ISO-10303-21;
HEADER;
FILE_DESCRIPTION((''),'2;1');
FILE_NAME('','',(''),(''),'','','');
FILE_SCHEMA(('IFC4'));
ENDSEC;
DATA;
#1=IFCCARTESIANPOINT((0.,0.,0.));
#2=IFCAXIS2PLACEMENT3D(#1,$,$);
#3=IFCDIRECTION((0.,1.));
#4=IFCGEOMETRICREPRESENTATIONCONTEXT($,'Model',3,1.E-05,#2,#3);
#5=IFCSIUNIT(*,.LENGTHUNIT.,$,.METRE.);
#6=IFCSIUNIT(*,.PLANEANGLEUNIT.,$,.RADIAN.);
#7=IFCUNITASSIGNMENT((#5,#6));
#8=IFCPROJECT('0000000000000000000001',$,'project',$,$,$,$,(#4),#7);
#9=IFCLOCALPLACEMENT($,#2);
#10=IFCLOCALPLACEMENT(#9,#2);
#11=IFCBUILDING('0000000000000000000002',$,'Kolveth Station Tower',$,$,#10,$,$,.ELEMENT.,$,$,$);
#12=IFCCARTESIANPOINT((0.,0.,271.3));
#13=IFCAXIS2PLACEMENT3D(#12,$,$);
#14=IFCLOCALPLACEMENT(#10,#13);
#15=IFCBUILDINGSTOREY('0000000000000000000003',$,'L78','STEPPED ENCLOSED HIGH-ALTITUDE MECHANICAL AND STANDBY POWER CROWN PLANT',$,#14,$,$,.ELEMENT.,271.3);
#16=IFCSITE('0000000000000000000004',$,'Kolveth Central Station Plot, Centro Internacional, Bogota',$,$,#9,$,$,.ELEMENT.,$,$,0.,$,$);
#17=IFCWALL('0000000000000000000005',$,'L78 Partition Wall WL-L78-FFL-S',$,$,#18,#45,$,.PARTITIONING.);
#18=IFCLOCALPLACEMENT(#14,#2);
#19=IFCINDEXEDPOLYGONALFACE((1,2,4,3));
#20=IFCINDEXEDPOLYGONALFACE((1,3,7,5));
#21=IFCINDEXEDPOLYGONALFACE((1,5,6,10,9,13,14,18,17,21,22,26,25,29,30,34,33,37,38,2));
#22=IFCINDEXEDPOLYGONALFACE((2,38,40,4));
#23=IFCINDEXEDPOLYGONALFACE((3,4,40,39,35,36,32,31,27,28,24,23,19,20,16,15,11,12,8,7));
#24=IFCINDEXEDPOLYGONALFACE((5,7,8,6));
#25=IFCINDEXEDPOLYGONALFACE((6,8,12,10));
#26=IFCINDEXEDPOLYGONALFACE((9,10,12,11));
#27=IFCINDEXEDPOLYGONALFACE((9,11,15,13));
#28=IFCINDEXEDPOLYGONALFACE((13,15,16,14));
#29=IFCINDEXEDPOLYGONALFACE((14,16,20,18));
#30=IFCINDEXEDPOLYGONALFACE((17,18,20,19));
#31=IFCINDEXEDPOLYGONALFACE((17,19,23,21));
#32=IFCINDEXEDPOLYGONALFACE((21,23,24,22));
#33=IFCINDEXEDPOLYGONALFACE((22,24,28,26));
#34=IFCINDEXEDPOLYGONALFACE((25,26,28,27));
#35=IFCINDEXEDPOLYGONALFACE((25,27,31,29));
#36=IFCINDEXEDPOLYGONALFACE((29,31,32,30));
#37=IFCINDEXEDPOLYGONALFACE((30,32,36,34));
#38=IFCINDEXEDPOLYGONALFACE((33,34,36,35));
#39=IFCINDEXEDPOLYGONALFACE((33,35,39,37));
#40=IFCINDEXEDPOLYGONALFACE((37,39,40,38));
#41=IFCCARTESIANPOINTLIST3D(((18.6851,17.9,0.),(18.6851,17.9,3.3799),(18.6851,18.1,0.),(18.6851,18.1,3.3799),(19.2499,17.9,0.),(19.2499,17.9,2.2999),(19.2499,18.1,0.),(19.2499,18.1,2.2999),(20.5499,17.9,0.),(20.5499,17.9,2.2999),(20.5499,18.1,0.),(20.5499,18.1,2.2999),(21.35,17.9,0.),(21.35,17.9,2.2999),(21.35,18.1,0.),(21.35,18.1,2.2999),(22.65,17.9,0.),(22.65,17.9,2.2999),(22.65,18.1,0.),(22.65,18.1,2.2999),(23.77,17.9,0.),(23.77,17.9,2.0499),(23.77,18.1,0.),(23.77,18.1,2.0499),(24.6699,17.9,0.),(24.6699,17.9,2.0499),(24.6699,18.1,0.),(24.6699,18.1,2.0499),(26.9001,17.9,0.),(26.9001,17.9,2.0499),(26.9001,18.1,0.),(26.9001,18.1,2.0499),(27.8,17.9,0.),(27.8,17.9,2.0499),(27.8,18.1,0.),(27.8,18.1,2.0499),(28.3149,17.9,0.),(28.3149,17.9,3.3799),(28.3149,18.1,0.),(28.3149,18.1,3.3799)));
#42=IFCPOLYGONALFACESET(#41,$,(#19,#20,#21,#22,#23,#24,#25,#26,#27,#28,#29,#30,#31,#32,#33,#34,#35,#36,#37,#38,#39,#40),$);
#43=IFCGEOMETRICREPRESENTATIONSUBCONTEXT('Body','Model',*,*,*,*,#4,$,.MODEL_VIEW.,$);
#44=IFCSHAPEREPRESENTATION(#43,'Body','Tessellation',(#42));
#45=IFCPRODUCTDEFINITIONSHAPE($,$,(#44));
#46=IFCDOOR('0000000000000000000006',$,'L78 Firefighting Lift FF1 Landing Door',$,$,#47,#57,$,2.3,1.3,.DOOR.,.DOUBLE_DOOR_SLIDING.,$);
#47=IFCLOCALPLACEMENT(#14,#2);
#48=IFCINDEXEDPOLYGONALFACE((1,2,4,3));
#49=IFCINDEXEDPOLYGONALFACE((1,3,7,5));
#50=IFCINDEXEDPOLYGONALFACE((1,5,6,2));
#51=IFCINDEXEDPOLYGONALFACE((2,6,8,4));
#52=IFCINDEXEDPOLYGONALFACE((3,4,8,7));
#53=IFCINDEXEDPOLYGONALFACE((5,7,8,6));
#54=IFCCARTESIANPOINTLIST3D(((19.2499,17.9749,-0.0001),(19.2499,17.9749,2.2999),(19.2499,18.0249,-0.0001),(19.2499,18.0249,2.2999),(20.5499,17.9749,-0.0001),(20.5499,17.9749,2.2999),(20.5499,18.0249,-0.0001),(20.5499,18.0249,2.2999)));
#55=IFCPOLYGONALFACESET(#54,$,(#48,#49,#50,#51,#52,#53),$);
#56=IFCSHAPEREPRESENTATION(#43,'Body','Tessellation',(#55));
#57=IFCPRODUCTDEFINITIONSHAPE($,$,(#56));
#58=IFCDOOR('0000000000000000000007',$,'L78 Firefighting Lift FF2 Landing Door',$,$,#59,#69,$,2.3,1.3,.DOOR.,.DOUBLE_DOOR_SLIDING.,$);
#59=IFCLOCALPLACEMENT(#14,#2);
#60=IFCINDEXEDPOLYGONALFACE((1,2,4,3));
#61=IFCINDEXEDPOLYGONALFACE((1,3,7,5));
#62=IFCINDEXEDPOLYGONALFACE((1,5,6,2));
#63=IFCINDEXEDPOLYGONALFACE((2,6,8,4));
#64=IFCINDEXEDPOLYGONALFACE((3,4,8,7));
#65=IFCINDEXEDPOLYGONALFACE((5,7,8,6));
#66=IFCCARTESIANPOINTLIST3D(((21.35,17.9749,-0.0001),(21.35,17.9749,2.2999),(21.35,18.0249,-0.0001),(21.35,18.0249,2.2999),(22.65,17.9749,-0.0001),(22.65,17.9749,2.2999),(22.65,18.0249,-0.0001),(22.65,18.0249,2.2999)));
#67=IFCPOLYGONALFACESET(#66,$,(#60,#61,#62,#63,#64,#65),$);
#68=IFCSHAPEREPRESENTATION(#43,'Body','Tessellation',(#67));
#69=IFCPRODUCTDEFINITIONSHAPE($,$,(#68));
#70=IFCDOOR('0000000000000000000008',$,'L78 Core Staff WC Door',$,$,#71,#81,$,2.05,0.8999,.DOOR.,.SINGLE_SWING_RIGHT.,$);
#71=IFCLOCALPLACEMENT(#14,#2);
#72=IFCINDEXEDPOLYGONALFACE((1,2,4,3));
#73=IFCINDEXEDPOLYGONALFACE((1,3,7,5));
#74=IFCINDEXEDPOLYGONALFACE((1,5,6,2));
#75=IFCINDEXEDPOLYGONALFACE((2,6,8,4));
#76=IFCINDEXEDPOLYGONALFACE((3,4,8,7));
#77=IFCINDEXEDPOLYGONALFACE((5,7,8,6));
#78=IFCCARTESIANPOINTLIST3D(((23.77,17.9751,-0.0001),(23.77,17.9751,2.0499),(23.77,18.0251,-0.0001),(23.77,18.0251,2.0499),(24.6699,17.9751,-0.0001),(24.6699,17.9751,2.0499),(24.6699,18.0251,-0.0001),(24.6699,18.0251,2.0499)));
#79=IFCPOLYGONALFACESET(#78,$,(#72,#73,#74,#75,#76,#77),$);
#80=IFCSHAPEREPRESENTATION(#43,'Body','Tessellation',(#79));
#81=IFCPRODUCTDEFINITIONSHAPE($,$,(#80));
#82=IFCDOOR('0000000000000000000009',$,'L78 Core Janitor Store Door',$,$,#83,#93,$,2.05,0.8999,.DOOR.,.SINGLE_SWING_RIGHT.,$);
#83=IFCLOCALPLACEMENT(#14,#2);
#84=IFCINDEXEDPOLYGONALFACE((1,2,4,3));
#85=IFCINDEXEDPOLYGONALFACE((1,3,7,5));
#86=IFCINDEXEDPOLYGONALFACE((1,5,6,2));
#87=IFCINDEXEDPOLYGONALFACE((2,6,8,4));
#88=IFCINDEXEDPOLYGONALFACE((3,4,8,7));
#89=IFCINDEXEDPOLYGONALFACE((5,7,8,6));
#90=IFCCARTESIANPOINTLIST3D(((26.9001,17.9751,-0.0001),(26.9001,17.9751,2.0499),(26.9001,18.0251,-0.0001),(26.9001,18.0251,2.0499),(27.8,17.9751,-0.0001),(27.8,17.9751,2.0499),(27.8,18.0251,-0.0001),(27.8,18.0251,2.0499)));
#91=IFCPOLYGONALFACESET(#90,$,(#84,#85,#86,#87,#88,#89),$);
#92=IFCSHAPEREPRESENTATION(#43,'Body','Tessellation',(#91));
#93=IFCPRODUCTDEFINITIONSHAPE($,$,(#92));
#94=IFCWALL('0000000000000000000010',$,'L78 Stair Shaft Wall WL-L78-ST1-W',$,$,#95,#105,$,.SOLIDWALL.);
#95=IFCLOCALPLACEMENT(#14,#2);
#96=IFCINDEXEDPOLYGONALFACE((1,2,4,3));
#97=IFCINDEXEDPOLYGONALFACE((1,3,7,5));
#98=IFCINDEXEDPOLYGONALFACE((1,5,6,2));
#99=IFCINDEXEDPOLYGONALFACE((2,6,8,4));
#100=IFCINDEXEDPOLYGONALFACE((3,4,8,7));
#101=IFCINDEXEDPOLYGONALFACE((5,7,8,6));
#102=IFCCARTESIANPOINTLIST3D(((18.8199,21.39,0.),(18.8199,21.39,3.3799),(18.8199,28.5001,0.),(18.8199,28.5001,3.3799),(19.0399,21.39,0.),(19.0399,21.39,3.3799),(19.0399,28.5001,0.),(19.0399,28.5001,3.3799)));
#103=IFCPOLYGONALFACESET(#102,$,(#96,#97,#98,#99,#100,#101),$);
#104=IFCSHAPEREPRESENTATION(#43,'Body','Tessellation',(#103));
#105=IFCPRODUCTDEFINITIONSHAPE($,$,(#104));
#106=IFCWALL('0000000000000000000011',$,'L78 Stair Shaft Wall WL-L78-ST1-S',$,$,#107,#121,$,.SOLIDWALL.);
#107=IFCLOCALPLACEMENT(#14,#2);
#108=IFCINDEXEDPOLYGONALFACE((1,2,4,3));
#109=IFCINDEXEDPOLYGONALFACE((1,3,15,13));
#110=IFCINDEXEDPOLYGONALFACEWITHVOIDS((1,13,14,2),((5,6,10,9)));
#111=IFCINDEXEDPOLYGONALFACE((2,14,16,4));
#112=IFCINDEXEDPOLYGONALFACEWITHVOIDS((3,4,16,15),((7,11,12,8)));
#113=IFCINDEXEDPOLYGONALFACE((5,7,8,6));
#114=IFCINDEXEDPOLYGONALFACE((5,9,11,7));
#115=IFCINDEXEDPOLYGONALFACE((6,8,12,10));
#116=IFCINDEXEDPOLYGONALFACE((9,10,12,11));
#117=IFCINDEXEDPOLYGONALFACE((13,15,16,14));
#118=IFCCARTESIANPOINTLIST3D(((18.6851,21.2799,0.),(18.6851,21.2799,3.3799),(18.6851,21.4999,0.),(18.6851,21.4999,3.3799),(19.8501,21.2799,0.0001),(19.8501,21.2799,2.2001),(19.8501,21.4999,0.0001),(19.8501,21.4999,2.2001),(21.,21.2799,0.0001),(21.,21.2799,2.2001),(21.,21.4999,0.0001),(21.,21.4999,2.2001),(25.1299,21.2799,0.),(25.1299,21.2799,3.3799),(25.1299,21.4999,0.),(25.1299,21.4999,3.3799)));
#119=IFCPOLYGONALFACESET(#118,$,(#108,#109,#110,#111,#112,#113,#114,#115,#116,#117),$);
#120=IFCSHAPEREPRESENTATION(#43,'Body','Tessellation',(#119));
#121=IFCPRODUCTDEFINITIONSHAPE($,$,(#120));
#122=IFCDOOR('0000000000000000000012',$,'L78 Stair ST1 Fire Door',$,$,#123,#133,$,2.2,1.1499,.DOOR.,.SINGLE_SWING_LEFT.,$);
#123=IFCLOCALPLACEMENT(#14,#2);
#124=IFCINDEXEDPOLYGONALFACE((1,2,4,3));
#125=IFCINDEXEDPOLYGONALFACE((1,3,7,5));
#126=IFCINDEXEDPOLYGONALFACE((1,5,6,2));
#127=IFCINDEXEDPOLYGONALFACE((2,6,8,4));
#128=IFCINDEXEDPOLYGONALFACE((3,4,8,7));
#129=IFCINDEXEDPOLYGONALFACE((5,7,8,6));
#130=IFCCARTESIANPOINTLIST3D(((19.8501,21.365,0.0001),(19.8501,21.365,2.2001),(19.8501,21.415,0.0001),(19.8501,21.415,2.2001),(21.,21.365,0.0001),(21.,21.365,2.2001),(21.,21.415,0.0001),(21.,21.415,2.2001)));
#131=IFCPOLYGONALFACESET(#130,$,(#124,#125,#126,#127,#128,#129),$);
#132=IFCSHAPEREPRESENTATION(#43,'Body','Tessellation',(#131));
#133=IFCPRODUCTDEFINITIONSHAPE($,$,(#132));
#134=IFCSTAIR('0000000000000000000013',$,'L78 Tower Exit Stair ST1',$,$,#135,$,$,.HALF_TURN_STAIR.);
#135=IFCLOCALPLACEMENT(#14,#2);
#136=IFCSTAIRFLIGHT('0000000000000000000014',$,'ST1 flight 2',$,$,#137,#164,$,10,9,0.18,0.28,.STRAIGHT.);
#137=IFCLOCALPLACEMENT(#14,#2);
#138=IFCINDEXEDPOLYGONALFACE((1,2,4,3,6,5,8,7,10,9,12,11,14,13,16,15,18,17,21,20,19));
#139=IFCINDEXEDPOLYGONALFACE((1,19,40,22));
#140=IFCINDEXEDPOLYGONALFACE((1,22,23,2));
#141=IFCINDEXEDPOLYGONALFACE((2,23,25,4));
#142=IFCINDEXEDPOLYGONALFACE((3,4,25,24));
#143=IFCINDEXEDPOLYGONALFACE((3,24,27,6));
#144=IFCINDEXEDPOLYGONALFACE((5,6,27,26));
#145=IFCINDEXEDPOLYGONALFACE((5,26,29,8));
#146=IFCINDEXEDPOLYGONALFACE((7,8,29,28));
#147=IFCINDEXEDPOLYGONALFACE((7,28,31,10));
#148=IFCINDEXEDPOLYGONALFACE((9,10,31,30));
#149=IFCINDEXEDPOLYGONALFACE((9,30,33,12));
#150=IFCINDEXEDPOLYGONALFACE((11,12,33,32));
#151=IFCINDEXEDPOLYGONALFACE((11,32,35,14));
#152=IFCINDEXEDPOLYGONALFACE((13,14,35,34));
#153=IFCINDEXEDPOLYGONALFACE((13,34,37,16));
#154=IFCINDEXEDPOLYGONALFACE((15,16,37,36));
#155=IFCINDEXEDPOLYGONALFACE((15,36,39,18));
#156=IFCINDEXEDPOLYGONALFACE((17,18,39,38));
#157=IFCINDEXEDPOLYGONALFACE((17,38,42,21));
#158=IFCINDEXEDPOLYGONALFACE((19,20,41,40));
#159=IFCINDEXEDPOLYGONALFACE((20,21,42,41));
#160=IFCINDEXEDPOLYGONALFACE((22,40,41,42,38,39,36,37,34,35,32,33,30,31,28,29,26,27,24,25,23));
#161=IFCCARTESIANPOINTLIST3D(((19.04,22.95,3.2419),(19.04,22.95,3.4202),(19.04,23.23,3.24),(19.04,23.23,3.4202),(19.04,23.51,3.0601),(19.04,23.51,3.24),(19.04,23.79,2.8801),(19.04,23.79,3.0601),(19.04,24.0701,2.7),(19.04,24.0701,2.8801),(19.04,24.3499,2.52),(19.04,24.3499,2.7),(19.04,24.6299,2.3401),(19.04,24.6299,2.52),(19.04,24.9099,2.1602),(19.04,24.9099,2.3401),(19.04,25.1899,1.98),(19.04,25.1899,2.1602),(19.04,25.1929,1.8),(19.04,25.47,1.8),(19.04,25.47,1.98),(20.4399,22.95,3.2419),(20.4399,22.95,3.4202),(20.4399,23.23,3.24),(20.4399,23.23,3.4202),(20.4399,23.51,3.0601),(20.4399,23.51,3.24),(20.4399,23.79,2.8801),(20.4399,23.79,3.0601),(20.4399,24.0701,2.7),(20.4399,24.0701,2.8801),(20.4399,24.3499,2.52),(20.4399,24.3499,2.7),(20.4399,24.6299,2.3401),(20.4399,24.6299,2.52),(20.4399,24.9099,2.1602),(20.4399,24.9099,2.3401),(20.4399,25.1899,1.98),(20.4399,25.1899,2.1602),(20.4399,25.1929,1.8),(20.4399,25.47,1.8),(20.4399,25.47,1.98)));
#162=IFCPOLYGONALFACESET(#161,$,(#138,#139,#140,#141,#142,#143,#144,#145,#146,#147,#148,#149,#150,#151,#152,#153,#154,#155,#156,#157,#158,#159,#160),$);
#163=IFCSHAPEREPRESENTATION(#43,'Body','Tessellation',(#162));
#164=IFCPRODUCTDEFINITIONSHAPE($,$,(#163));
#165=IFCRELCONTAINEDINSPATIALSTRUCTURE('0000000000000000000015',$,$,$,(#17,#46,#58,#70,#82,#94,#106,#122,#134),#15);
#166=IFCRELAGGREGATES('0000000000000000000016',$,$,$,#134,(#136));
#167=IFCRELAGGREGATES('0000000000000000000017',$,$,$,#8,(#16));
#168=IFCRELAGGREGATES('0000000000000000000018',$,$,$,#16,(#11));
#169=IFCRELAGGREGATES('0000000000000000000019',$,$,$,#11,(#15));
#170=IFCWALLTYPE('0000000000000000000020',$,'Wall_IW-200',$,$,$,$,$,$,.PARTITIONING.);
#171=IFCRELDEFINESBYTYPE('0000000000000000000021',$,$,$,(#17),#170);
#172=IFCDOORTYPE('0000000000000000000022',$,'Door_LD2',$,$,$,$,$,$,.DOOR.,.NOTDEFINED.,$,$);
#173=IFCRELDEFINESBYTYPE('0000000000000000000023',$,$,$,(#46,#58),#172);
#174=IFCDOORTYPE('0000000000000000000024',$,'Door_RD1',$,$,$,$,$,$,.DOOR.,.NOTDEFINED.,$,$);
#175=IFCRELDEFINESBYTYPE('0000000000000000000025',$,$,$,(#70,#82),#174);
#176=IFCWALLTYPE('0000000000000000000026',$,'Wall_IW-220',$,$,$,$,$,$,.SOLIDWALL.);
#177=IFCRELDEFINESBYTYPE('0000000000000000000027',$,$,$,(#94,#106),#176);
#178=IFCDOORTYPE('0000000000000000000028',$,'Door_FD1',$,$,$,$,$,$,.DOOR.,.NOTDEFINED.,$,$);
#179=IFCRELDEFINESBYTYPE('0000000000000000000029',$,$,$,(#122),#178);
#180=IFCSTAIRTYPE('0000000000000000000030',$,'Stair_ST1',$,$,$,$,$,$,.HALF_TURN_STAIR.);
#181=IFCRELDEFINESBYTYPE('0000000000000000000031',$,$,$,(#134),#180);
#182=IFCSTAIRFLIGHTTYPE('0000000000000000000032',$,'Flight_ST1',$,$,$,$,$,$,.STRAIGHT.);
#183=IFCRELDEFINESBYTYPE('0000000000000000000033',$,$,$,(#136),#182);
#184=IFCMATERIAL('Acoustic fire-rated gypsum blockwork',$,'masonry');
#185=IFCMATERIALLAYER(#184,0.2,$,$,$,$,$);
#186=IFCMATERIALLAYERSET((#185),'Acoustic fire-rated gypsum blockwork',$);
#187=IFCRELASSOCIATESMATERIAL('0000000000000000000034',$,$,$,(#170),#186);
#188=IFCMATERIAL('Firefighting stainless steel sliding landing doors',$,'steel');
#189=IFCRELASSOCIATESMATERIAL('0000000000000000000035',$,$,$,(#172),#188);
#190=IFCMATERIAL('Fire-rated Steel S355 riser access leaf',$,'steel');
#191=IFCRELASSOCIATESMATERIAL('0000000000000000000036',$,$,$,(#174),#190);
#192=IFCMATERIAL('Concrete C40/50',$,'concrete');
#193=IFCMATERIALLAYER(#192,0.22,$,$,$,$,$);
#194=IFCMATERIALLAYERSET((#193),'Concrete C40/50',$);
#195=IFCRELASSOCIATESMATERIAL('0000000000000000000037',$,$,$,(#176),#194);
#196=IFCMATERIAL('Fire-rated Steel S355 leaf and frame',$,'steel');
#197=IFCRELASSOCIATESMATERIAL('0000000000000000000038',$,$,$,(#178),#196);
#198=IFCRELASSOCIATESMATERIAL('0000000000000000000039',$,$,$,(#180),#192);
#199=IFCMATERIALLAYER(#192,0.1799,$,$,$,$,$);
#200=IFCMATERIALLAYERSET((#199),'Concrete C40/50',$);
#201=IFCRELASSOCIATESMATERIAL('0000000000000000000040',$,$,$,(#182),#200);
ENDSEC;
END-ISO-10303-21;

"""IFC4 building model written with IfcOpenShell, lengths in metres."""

from ifc_helpers import new_model, si_unit, direction, frame, frame_2d, origin, place, context, subcontext, project, spatial, polyline, rectangle, outline, extrude, material, layer, layer_set, type_object, element, fill, aggregate, save


model = new_model("IFC4")

# Units and contexts
model_context = context("Model", 3, precision=1e-05, world=origin(), true_north=direction((0.0, 1.0)))
body_context = subcontext(model_context, "Body", "Model", "MODEL_VIEW")
ifc_project = project(units=[si_unit("LENGTHUNIT", "METRE"), si_unit("PLANEANGLEUNIT", "RADIAN")], contexts=[model_context])

# Site, building, storey
site_placement = place(None, origin())
site = spatial("IfcSite", under=ifc_project, at=site_placement, Name="Kolveth Central Station Plot, Centro Internacional, Bogota", CompositionType="ELEMENT", RefElevation=0.0)
building_placement = place(site_placement, origin())
building = spatial("IfcBuilding", under=site, at=building_placement, Name="Kolveth Station Tower", CompositionType="ELEMENT")
storey_placement = place(building_placement, frame((0.0, 0.0, 271.3)))
storey = spatial("IfcBuildingStorey", under=building, at=storey_placement, Name="L78", Description="STEPPED ENCLOSED HIGH-ALTITUDE MECHANICAL AND STANDBY POWER CROWN PLANT", CompositionType="ELEMENT", Elevation=271.3)

# Wall, openings, doors
ifc_material_1 = material(Name="Acoustic fire-rated gypsum blockwork", Category="masonry")
ifc_layer_1 = layer(ifc_material_1, 0.2)
ifc_layer_set_1 = layer_set([ifc_layer_1], Name="Acoustic fire-rated gypsum blockwork")
wall_type_1 = type_object("IfcWallType", Name="Wall_IW-200", PredefinedType="PARTITIONING", material=ifc_layer_set_1)
wall_1_placement = place(storey_placement, frame((18.6851, 18.0, 0.0), z_axis=(0.0, 0.0, 1.0), x_axis=(1.0, 0.0, 0.0)))
wall_1 = element("IfcWall", 1, at=wall_1_placement, inside=storey, type_object=wall_type_1, Name="L78 Partition Wall WL-L78-FFL-S", PredefinedType="PARTITIONING", context=body_context, shape_type="SweptSolid", body=[
    extrude(rectangle(XDim=9.6299, YDim=0.2, at=frame_2d((4.8149, 0.0))), origin(), (0.0, 0.0, 1.0), 3.3799),
])
opening_1_placement = place(wall_1_placement, frame((0.5649, 0.0, 0.0)))
opening_1 = element("IfcOpeningElement", 2, at=opening_1_placement, cuts=wall_1, PredefinedType="OPENING", context=body_context, shape_type="SweptSolid", body=[
    extrude(rectangle(XDim=1.3, YDim=2.3, at=frame_2d((0.6499, 1.1499))), frame((0.0, 0.1099, 0.0), z_axis=(0.0, -1.0, 0.0), x_axis=(1.0, 0.0, 0.0)), (0.0, 0.0, 1.0), 0.22),
])
opening_2_placement = place(wall_1_placement, frame((2.665, 0.0, 0.0)))
opening_2 = element("IfcOpeningElement", 3, at=opening_2_placement, cuts=wall_1, PredefinedType="OPENING", context=body_context, shape_type="SweptSolid", body=[
    extrude(rectangle(XDim=1.3, YDim=2.3, at=frame_2d((0.6499, 1.1499))), frame((0.0, 0.1099, 0.0), z_axis=(0.0, -1.0, 0.0), x_axis=(1.0, 0.0, 0.0)), (0.0, 0.0, 1.0), 0.22),
])
opening_3_placement = place(wall_1_placement, frame((5.085, 0.0, 0.0)))
opening_3 = element("IfcOpeningElement", 4, at=opening_3_placement, cuts=wall_1, PredefinedType="OPENING", context=body_context, shape_type="SweptSolid", body=[
    extrude(rectangle(XDim=0.8999, YDim=2.05, at=frame_2d((0.45, 1.0249))), frame((0.0, 0.1099, 0.0), z_axis=(0.0, -1.0, 0.0), x_axis=(1.0, 0.0, 0.0)), (0.0, 0.0, 1.0), 0.22),
])
opening_4_placement = place(wall_1_placement, frame((8.2151, 0.0, 0.0)))
opening_4 = element("IfcOpeningElement", 5, at=opening_4_placement, cuts=wall_1, PredefinedType="OPENING", context=body_context, shape_type="SweptSolid", body=[
    extrude(rectangle(XDim=0.8999, YDim=2.05, at=frame_2d((0.45, 1.0249))), frame((0.0, 0.1099, 0.0), z_axis=(0.0, -1.0, 0.0), x_axis=(1.0, 0.0, 0.0)), (0.0, 0.0, 1.0), 0.22),
])
ifc_material_2 = material(Name="Firefighting stainless steel sliding landing doors", Category="steel")
door_type_1 = type_object("IfcDoorType", Name="Door_LD2", OperationType="NOTDEFINED", PredefinedType="DOOR", material=ifc_material_2)
door_1_placement = place(opening_1_placement, origin())
door_1 = element("IfcDoor", 6, at=door_1_placement, inside=storey, type_object=door_type_1, Name="L78 Firefighting Lift FF1 Landing Door", OperationType="DOUBLE_DOOR_SLIDING", OverallHeight=2.3, OverallWidth=1.3, PredefinedType="DOOR", context=body_context, shape_type="SweptSolid", body=[
    extrude(rectangle(XDim=1.3, YDim=2.3, at=frame_2d((0.6499, 1.1499))), frame((0.0, 0.0249, 0.0), z_axis=(0.0, -1.0, 0.0), x_axis=(1.0, 0.0, 0.0)), (0.0, 0.0, 1.0), 0.05),
])
fill(opening_1, door_1)
door_2_placement = place(opening_2_placement, origin())
door_2 = element("IfcDoor", 7, at=door_2_placement, inside=storey, type_object=door_type_1, Name="L78 Firefighting Lift FF2 Landing Door", OperationType="DOUBLE_DOOR_SLIDING", OverallHeight=2.3, OverallWidth=1.3, PredefinedType="DOOR", context=body_context, shape_type="SweptSolid", body=[
    extrude(rectangle(XDim=1.3, YDim=2.3, at=frame_2d((0.6499, 1.1499))), frame((0.0, 0.0249, 0.0), z_axis=(0.0, -1.0, 0.0), x_axis=(1.0, 0.0, 0.0)), (0.0, 0.0, 1.0), 0.05),
])
fill(opening_2, door_2)
ifc_material_3 = material(Name="Fire-rated Steel S355 riser access leaf", Category="steel")
door_type_2 = type_object("IfcDoorType", Name="Door_RD1", OperationType="NOTDEFINED", PredefinedType="DOOR", material=ifc_material_3)
door_3_placement = place(opening_3_placement, frame((0.8999, 0.0, 0.0), z_axis=(0.0, 0.0, 1.0), x_axis=(-1.0, 0.0, 0.0)))
door_3 = element("IfcDoor", 8, at=door_3_placement, inside=storey, type_object=door_type_2, Name="L78 Core Staff WC Door", OperationType="SINGLE_SWING_RIGHT", OverallHeight=2.05, OverallWidth=0.8999, PredefinedType="DOOR", context=body_context, shape_type="SweptSolid", body=[
    extrude(rectangle(XDim=0.8999, YDim=2.05, at=frame_2d((0.45, 1.0249))), frame((0.0, 0.0249, 0.0), z_axis=(0.0, -1.0, 0.0), x_axis=(1.0, 0.0, 0.0)), (0.0, 0.0, 1.0), 0.05),
])
fill(opening_3, door_3)
door_4_placement = place(opening_4_placement, frame((0.8999, 0.0, 0.0), z_axis=(0.0, 0.0, 1.0), x_axis=(-1.0, 0.0, 0.0)))
door_4 = element("IfcDoor", 9, at=door_4_placement, inside=storey, type_object=door_type_2, Name="L78 Core Janitor Store Door", OperationType="SINGLE_SWING_RIGHT", OverallHeight=2.05, OverallWidth=0.8999, PredefinedType="DOOR", context=body_context, shape_type="SweptSolid", body=[
    extrude(rectangle(XDim=0.8999, YDim=2.05, at=frame_2d((0.45, 1.0249))), frame((0.0, 0.0249, 0.0), z_axis=(0.0, -1.0, 0.0), x_axis=(1.0, 0.0, 0.0)), (0.0, 0.0, 1.0), 0.05),
])
fill(opening_4, door_4)

# Wall
ifc_material_4 = material(Name="Concrete C40/50", Category="concrete")
ifc_layer_2 = layer(ifc_material_4, 0.22)
ifc_layer_set_2 = layer_set([ifc_layer_2], Name="Concrete C40/50")
wall_type_2 = type_object("IfcWallType", Name="Wall_IW-220", PredefinedType="SOLIDWALL", material=ifc_layer_set_2)
wall_2_placement = place(storey_placement, frame((18.9299, 21.3899, 0.0), z_axis=(0.0, 0.0, 1.0), x_axis=(0.0, 1.0, 0.0)))
element("IfcWall", 10, at=wall_2_placement, inside=storey, type_object=wall_type_2, Name="L78 Stair Shaft Wall WL-L78-ST1-W", PredefinedType="SOLIDWALL", context=body_context, shape_type="SweptSolid", body=[
    extrude(rectangle(XDim=7.1101, YDim=0.22, at=frame_2d((3.5552, 0.0))), origin(), (0.0, 0.0, 1.0), 3.3799),
])

# Wall, opening, door
wall_3_placement = place(storey_placement, frame((18.6851, 21.3899, 0.0), z_axis=(0.0, 0.0, 1.0), x_axis=(1.0, 0.0, 0.0)))
wall_3 = element("IfcWall", 11, at=wall_3_placement, inside=storey, type_object=wall_type_2, Name="L78 Stair Shaft Wall WL-L78-ST1-S", PredefinedType="SOLIDWALL", context=body_context, shape_type="SweptSolid", body=[
    extrude(rectangle(XDim=6.4448, YDim=0.22, at=frame_2d((3.2224, 0.0))), origin(), (0.0, 0.0, 1.0), 3.3799),
])
opening_5_placement = place(wall_3_placement, frame((1.165, 0.0, 0.0)))
opening_5 = element("IfcOpeningElement", 12, at=opening_5_placement, cuts=wall_3, PredefinedType="OPENING", context=body_context, shape_type="SweptSolid", body=[
    extrude(rectangle(XDim=1.1499, YDim=2.2, at=frame_2d((0.575, 1.1001))), frame((0.0, 0.1199, 0.0), z_axis=(0.0, -1.0, 0.0), x_axis=(1.0, 0.0, 0.0)), (0.0, 0.0, 1.0), 0.24),
])
ifc_material_5 = material(Name="Fire-rated Steel S355 leaf and frame", Category="steel")
door_type_3 = type_object("IfcDoorType", Name="Door_FD1", OperationType="NOTDEFINED", PredefinedType="DOOR", material=ifc_material_5)
door_5_placement = place(opening_5_placement, frame((1.1499, 0.0, 0.0), z_axis=(0.0, 0.0, 1.0), x_axis=(-1.0, 0.0, 0.0)))
door_5 = element("IfcDoor", 13, at=door_5_placement, inside=storey, type_object=door_type_3, Name="L78 Stair ST1 Fire Door", OperationType="SINGLE_SWING_LEFT", OverallHeight=2.2, OverallWidth=1.1499, PredefinedType="DOOR", context=body_context, shape_type="SweptSolid", body=[
    extrude(rectangle(XDim=1.1499, YDim=2.2, at=frame_2d((0.575, 1.1001))), frame((0.0, 0.0249, 0.0), z_axis=(0.0, -1.0, 0.0), x_axis=(1.0, 0.0, 0.0)), (0.0, 0.0, 1.0), 0.05),
])
fill(opening_5, door_5)

# Stair, stair flight
stair_type = type_object("IfcStairType", Name="Stair_ST1", PredefinedType="HALF_TURN_STAIR", material=ifc_material_4)
stair_placement = place(storey_placement, origin())
stair = element("IfcStair", 14, at=stair_placement, inside=storey, type_object=stair_type, Name="L78 Tower Exit Stair ST1", PredefinedType="HALF_TURN_STAIR")
ifc_layer_3 = layer(ifc_material_4, 0.1799)
ifc_layer_set_3 = layer_set([ifc_layer_3], Name="Concrete C40/50")
stair_flight_type = type_object("IfcStairFlightType", Name="Flight_ST1", PredefinedType="STRAIGHT", material=ifc_layer_set_3)
stair_flight_placement = place(storey_placement, frame((19.74, 25.47, 1.8), z_axis=(0.0, 0.0, 1.0), x_axis=(0.0, -1.0, 0.0)))
stair_flight = element("IfcStairFlight", 15, at=stair_flight_placement, type_object=stair_flight_type, Name="ST1 flight 2", NumberOfRisers=10, NumberOfTreads=9, PredefinedType="STRAIGHT", RiserHeight=0.18, TreadLength=0.28, context=body_context, shape_type="SweptSolid", body=[
    extrude(outline(polyline([(0.0, 0.0), (0.0, 0.1799), (0.28, 0.1799), (0.28, 0.3601), (0.5601, 0.3601), (0.5601, 0.54), (0.8401, 0.54), (0.8401, 0.72), (1.1201, 0.72), (1.1201, 0.8999), (1.3999, 0.8999), (1.3999, 1.0801), (1.6799, 1.0801), (1.6799, 1.26), (1.96, 1.26), (1.96, 1.4399), (2.24, 1.4399), (2.24, 1.6201), (2.52, 1.6201), (2.52, 1.8), (2.52, 1.4419), (0.2771, 0.0), (0.0, 0.0)])), frame((0.0, 0.7, 0.0), z_axis=(0.0, -1.0, 0.0), x_axis=(1.0, 0.0, 0.0)), (0.0, 0.0, 1.0), 1.3999),
])
aggregate(stair, [stair_flight])

save(model, "model.ifc")
